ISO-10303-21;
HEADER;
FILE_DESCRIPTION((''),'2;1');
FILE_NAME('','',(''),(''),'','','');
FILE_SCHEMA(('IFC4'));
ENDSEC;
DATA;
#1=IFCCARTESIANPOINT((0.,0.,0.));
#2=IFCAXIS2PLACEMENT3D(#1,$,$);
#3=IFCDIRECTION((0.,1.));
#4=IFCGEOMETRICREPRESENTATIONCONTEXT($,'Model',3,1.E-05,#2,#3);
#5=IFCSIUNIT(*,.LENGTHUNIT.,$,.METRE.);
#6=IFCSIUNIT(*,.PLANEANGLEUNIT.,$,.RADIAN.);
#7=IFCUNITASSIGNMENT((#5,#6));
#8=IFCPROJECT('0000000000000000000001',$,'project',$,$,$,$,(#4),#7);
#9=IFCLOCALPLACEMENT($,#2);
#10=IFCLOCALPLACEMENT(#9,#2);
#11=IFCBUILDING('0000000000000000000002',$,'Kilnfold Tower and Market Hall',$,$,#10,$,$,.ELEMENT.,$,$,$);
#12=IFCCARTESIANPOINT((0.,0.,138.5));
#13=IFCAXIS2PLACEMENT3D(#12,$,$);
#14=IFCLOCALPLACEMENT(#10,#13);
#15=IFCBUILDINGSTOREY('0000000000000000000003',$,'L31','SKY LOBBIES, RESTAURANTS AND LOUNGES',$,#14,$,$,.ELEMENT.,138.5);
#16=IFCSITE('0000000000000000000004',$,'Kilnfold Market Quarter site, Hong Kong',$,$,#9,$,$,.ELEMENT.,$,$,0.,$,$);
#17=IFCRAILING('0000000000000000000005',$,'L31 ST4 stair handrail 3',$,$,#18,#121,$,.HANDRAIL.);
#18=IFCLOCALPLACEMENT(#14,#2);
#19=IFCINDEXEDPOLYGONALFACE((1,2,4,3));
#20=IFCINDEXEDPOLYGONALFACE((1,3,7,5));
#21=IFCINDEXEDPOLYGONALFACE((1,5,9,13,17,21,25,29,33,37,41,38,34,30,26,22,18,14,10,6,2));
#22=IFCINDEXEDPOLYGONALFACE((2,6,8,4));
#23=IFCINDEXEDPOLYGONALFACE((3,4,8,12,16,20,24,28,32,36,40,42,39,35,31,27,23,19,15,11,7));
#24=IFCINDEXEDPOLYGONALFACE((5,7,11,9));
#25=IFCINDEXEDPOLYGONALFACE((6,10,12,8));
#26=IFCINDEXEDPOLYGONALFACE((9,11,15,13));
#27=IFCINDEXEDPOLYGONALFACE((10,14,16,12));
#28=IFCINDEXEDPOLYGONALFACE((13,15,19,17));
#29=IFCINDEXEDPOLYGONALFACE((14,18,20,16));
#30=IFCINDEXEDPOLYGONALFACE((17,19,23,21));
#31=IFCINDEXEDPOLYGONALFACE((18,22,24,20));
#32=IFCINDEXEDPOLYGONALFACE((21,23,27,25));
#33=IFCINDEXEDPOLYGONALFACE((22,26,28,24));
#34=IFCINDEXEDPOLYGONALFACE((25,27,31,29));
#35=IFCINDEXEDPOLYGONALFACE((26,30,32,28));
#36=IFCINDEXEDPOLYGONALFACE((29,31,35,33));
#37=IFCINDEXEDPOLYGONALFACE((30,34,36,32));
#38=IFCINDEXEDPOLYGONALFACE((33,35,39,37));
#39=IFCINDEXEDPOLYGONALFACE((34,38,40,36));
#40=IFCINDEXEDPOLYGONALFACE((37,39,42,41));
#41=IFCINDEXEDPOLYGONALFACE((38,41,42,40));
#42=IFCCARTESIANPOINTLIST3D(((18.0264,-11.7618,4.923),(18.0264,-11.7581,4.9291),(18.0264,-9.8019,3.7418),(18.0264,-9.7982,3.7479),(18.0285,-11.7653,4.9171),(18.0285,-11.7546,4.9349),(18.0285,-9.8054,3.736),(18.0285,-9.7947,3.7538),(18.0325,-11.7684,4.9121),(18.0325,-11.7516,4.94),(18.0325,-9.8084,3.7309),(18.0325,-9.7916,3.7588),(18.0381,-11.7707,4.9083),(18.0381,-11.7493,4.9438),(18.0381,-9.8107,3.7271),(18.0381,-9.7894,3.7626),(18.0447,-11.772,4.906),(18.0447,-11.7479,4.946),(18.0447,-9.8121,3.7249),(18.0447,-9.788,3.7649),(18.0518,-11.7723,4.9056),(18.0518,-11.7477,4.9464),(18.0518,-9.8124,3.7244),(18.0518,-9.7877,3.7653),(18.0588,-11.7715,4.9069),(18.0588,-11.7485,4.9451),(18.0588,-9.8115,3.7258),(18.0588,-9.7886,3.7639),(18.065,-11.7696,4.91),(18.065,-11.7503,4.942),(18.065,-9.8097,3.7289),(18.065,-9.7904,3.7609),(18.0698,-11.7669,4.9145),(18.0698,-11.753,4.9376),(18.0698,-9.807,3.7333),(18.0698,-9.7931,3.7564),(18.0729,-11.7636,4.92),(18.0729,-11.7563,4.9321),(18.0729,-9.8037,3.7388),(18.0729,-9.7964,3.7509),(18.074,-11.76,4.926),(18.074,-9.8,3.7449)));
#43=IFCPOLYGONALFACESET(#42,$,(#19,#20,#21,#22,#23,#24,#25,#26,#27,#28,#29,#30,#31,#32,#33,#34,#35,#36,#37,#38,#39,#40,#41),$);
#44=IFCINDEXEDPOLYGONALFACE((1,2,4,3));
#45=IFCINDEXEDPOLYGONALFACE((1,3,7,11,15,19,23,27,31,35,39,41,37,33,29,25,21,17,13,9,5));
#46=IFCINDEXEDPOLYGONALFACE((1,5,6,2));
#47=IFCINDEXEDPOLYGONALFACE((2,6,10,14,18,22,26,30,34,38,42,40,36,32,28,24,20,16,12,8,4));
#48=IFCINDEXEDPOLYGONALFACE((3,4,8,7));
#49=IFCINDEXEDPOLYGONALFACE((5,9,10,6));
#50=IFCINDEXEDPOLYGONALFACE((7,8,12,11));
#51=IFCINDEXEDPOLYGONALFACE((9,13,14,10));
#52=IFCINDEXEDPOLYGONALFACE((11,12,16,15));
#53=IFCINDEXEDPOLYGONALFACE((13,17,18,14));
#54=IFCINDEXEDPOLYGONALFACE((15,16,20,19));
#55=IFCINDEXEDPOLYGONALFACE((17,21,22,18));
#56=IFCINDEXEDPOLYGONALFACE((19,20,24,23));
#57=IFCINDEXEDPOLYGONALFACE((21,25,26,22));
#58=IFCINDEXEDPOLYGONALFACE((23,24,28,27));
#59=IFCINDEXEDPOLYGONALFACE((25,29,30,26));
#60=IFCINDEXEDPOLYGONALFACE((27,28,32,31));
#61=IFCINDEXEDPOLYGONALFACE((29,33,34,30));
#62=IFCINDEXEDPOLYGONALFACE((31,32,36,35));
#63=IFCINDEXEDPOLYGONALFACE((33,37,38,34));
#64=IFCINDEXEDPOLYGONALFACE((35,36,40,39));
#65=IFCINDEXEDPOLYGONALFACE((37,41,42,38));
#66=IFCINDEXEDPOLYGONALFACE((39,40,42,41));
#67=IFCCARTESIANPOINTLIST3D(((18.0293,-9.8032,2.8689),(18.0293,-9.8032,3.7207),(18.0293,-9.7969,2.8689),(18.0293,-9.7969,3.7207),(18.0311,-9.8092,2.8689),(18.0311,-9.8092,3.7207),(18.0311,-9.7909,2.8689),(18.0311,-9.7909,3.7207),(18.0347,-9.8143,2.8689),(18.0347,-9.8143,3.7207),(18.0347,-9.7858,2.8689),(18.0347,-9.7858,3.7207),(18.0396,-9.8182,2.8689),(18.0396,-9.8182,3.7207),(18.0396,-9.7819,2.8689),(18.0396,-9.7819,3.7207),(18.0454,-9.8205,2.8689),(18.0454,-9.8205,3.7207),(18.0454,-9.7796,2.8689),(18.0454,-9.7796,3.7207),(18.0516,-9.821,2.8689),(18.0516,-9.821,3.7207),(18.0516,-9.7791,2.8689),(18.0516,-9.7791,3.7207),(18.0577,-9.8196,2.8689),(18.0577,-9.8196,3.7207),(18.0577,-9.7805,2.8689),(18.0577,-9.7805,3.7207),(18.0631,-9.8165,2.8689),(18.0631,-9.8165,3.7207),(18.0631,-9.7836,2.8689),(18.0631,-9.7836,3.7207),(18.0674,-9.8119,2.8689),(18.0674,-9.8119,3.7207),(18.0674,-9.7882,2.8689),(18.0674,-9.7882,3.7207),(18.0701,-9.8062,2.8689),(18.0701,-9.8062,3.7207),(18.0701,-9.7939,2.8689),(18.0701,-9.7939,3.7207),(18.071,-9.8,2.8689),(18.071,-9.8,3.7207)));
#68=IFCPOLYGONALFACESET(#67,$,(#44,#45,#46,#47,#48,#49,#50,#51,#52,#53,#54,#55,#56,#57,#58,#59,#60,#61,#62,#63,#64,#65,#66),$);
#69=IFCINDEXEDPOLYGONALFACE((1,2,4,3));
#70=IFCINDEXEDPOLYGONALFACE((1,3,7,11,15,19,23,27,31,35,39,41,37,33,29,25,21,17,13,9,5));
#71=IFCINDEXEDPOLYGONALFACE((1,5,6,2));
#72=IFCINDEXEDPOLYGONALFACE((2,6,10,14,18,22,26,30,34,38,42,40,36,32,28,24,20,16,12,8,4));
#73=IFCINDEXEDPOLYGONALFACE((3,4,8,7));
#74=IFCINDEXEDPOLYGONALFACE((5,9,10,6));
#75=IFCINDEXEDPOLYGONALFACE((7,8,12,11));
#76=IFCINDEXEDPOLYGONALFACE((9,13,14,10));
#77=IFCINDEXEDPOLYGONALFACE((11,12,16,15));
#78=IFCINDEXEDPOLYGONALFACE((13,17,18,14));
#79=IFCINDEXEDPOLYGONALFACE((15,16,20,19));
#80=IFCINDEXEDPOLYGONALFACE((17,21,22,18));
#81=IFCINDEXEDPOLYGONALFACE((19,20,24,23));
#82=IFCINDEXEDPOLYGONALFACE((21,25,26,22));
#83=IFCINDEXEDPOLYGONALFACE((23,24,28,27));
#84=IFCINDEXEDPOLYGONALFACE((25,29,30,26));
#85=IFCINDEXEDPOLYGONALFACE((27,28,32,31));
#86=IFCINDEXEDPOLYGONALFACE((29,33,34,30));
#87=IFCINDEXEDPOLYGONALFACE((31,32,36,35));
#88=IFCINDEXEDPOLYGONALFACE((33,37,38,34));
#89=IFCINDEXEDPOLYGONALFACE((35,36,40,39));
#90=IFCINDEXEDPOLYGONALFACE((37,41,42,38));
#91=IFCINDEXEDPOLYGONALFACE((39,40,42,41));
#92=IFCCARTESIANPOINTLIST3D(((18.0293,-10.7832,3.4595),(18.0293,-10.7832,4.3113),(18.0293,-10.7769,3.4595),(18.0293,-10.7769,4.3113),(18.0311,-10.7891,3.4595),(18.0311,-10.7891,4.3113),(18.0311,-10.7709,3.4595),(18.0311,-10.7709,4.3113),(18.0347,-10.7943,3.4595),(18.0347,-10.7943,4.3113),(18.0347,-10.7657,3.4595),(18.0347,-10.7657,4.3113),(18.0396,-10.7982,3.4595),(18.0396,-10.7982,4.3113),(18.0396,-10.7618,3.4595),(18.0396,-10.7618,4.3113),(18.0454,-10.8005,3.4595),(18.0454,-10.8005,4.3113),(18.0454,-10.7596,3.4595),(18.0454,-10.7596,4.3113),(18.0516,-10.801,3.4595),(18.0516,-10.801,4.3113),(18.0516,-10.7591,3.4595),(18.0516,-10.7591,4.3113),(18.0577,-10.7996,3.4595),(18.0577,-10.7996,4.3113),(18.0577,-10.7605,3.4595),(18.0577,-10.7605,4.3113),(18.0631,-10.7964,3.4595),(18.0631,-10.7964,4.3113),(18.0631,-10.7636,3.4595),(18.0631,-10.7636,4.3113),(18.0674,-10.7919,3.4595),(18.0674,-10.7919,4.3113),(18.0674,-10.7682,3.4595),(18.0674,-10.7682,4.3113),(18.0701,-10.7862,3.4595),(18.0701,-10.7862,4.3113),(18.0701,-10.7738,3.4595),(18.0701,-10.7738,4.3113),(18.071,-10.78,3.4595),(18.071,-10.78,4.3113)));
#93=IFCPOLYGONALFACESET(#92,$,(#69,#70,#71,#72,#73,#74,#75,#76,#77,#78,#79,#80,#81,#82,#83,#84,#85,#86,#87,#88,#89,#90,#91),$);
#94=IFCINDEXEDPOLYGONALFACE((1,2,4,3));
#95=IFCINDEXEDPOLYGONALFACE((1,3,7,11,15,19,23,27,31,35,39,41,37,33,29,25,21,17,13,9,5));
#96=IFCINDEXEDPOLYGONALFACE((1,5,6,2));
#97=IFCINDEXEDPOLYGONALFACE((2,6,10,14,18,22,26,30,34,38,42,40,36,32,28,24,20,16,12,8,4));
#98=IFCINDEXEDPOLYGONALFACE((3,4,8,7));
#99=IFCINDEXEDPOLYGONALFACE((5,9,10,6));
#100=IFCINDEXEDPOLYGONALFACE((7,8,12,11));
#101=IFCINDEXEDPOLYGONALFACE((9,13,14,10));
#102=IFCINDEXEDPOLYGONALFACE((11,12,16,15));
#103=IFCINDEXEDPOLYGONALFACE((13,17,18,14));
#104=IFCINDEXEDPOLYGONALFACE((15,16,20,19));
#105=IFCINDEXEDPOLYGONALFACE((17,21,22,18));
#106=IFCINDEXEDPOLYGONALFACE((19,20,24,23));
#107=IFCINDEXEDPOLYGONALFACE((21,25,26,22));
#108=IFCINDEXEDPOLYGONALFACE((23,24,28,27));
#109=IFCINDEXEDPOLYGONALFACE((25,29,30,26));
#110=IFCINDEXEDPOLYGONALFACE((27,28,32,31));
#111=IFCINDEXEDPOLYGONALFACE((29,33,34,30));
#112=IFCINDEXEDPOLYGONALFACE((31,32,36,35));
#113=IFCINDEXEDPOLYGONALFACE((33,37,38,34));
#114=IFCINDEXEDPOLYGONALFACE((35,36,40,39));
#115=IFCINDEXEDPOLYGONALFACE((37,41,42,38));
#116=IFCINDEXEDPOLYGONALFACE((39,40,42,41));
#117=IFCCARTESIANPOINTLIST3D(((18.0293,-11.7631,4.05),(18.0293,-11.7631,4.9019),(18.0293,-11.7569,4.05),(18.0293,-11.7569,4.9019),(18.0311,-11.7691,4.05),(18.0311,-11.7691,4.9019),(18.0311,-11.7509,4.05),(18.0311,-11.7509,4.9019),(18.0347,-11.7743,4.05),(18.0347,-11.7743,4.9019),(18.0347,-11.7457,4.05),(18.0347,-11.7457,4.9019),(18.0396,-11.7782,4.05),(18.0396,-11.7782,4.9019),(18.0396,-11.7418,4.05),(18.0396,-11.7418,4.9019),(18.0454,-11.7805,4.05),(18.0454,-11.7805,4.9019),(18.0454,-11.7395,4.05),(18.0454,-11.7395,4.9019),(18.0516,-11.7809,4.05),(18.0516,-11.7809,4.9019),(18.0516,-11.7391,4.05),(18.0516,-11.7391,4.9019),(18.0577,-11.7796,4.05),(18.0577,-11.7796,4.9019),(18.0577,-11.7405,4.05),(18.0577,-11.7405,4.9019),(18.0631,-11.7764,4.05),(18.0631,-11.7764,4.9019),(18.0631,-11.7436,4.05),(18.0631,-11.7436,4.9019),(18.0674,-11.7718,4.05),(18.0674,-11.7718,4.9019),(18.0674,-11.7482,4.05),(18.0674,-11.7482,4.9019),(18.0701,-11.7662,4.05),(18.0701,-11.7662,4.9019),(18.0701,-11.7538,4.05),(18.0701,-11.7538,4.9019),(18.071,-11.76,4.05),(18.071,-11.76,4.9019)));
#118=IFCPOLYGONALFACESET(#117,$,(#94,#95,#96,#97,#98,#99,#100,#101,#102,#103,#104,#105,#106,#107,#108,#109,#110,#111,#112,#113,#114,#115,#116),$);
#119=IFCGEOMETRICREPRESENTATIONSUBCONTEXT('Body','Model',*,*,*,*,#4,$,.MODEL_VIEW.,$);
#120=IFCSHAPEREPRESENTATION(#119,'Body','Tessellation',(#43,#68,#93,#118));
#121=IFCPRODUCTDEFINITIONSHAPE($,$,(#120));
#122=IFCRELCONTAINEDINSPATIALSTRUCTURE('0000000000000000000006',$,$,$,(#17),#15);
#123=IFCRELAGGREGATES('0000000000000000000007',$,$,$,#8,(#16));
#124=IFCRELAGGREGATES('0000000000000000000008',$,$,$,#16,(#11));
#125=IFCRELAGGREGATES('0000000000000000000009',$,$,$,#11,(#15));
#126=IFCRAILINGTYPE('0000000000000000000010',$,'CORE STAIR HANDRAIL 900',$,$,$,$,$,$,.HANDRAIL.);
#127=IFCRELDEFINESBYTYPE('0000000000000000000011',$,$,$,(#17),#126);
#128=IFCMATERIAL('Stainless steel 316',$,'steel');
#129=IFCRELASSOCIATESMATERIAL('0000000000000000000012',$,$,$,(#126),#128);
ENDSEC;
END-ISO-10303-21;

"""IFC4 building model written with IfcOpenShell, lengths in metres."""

from ifc_helpers import new_model, si_unit, direction, frame, origin, origin_2d, place, context, subcontext, project, spatial, circle, extrude, material, type_object, element, save


model = new_model("IFC4")

# Units and contexts
model_context = context("Model", 3, precision=1e-05, world=origin(), true_north=direction((0.0, 1.0)))
body_context = subcontext(model_context, "Body", "Model", "MODEL_VIEW")
ifc_project = project(units=[si_unit("LENGTHUNIT", "METRE"), si_unit("PLANEANGLEUNIT", "RADIAN")], contexts=[model_context])

# Site, building, storey
site_placement = place(None, origin())
site = spatial("IfcSite", under=ifc_project, at=site_placement, Name="Kilnfold Market Quarter site, Hong Kong", CompositionType="ELEMENT", RefElevation=0.0)
building_placement = place(site_placement, origin())
building = spatial("IfcBuilding", under=site, at=building_placement, Name="Kilnfold Tower and Market Hall", CompositionType="ELEMENT")
storey_placement = place(building_placement, frame((0.0, 0.0, 138.5)))
storey = spatial("IfcBuildingStorey", under=building, at=storey_placement, Name="L31", Description="SKY LOBBIES, RESTAURANTS AND LOUNGES", CompositionType="ELEMENT", Elevation=138.5)

# Railing
ifc_material_1 = material(Name="Stainless steel 316", Category="steel")
railing_type_1 = type_object("IfcRailingType", Name="CORE STAIR HANDRAIL 900", PredefinedType="HANDRAIL", material=ifc_material_1)
railing_1_placement = place(storey_placement, frame((18.05, -9.8, 2.8689)))
element("IfcRailing", 1, at=railing_1_placement, inside=storey, type_object=railing_type_1, Name="L31 ST4 stair handrail 3", PredefinedType="HANDRAIL", context=body_context, shape_type="SweptSolid", body=[
    extrude(circle(Radius=0.0239, at=origin_2d()), frame((0.0, 0.0, 0.876), z_axis=(0.0, -0.856493, 0.516158), x_axis=(1.0, 0.0, 0.0)), (0.0, 0.0, 1.0), 2.2883),
    extrude(circle(Radius=0.021, at=origin_2d()), origin(), (0.0, 0.0, 1.0), 0.8518),
    extrude(circle(Radius=0.021, at=origin_2d()), frame((0.0, -0.98, 0.5906)), (0.0, 0.0, 1.0), 0.8518),
    extrude(circle(Radius=0.021, at=origin_2d()), frame((0.0, -1.96, 1.1812)), (0.0, 0.0, 1.0), 0.8518),
])

save(model, "model.ifc")
